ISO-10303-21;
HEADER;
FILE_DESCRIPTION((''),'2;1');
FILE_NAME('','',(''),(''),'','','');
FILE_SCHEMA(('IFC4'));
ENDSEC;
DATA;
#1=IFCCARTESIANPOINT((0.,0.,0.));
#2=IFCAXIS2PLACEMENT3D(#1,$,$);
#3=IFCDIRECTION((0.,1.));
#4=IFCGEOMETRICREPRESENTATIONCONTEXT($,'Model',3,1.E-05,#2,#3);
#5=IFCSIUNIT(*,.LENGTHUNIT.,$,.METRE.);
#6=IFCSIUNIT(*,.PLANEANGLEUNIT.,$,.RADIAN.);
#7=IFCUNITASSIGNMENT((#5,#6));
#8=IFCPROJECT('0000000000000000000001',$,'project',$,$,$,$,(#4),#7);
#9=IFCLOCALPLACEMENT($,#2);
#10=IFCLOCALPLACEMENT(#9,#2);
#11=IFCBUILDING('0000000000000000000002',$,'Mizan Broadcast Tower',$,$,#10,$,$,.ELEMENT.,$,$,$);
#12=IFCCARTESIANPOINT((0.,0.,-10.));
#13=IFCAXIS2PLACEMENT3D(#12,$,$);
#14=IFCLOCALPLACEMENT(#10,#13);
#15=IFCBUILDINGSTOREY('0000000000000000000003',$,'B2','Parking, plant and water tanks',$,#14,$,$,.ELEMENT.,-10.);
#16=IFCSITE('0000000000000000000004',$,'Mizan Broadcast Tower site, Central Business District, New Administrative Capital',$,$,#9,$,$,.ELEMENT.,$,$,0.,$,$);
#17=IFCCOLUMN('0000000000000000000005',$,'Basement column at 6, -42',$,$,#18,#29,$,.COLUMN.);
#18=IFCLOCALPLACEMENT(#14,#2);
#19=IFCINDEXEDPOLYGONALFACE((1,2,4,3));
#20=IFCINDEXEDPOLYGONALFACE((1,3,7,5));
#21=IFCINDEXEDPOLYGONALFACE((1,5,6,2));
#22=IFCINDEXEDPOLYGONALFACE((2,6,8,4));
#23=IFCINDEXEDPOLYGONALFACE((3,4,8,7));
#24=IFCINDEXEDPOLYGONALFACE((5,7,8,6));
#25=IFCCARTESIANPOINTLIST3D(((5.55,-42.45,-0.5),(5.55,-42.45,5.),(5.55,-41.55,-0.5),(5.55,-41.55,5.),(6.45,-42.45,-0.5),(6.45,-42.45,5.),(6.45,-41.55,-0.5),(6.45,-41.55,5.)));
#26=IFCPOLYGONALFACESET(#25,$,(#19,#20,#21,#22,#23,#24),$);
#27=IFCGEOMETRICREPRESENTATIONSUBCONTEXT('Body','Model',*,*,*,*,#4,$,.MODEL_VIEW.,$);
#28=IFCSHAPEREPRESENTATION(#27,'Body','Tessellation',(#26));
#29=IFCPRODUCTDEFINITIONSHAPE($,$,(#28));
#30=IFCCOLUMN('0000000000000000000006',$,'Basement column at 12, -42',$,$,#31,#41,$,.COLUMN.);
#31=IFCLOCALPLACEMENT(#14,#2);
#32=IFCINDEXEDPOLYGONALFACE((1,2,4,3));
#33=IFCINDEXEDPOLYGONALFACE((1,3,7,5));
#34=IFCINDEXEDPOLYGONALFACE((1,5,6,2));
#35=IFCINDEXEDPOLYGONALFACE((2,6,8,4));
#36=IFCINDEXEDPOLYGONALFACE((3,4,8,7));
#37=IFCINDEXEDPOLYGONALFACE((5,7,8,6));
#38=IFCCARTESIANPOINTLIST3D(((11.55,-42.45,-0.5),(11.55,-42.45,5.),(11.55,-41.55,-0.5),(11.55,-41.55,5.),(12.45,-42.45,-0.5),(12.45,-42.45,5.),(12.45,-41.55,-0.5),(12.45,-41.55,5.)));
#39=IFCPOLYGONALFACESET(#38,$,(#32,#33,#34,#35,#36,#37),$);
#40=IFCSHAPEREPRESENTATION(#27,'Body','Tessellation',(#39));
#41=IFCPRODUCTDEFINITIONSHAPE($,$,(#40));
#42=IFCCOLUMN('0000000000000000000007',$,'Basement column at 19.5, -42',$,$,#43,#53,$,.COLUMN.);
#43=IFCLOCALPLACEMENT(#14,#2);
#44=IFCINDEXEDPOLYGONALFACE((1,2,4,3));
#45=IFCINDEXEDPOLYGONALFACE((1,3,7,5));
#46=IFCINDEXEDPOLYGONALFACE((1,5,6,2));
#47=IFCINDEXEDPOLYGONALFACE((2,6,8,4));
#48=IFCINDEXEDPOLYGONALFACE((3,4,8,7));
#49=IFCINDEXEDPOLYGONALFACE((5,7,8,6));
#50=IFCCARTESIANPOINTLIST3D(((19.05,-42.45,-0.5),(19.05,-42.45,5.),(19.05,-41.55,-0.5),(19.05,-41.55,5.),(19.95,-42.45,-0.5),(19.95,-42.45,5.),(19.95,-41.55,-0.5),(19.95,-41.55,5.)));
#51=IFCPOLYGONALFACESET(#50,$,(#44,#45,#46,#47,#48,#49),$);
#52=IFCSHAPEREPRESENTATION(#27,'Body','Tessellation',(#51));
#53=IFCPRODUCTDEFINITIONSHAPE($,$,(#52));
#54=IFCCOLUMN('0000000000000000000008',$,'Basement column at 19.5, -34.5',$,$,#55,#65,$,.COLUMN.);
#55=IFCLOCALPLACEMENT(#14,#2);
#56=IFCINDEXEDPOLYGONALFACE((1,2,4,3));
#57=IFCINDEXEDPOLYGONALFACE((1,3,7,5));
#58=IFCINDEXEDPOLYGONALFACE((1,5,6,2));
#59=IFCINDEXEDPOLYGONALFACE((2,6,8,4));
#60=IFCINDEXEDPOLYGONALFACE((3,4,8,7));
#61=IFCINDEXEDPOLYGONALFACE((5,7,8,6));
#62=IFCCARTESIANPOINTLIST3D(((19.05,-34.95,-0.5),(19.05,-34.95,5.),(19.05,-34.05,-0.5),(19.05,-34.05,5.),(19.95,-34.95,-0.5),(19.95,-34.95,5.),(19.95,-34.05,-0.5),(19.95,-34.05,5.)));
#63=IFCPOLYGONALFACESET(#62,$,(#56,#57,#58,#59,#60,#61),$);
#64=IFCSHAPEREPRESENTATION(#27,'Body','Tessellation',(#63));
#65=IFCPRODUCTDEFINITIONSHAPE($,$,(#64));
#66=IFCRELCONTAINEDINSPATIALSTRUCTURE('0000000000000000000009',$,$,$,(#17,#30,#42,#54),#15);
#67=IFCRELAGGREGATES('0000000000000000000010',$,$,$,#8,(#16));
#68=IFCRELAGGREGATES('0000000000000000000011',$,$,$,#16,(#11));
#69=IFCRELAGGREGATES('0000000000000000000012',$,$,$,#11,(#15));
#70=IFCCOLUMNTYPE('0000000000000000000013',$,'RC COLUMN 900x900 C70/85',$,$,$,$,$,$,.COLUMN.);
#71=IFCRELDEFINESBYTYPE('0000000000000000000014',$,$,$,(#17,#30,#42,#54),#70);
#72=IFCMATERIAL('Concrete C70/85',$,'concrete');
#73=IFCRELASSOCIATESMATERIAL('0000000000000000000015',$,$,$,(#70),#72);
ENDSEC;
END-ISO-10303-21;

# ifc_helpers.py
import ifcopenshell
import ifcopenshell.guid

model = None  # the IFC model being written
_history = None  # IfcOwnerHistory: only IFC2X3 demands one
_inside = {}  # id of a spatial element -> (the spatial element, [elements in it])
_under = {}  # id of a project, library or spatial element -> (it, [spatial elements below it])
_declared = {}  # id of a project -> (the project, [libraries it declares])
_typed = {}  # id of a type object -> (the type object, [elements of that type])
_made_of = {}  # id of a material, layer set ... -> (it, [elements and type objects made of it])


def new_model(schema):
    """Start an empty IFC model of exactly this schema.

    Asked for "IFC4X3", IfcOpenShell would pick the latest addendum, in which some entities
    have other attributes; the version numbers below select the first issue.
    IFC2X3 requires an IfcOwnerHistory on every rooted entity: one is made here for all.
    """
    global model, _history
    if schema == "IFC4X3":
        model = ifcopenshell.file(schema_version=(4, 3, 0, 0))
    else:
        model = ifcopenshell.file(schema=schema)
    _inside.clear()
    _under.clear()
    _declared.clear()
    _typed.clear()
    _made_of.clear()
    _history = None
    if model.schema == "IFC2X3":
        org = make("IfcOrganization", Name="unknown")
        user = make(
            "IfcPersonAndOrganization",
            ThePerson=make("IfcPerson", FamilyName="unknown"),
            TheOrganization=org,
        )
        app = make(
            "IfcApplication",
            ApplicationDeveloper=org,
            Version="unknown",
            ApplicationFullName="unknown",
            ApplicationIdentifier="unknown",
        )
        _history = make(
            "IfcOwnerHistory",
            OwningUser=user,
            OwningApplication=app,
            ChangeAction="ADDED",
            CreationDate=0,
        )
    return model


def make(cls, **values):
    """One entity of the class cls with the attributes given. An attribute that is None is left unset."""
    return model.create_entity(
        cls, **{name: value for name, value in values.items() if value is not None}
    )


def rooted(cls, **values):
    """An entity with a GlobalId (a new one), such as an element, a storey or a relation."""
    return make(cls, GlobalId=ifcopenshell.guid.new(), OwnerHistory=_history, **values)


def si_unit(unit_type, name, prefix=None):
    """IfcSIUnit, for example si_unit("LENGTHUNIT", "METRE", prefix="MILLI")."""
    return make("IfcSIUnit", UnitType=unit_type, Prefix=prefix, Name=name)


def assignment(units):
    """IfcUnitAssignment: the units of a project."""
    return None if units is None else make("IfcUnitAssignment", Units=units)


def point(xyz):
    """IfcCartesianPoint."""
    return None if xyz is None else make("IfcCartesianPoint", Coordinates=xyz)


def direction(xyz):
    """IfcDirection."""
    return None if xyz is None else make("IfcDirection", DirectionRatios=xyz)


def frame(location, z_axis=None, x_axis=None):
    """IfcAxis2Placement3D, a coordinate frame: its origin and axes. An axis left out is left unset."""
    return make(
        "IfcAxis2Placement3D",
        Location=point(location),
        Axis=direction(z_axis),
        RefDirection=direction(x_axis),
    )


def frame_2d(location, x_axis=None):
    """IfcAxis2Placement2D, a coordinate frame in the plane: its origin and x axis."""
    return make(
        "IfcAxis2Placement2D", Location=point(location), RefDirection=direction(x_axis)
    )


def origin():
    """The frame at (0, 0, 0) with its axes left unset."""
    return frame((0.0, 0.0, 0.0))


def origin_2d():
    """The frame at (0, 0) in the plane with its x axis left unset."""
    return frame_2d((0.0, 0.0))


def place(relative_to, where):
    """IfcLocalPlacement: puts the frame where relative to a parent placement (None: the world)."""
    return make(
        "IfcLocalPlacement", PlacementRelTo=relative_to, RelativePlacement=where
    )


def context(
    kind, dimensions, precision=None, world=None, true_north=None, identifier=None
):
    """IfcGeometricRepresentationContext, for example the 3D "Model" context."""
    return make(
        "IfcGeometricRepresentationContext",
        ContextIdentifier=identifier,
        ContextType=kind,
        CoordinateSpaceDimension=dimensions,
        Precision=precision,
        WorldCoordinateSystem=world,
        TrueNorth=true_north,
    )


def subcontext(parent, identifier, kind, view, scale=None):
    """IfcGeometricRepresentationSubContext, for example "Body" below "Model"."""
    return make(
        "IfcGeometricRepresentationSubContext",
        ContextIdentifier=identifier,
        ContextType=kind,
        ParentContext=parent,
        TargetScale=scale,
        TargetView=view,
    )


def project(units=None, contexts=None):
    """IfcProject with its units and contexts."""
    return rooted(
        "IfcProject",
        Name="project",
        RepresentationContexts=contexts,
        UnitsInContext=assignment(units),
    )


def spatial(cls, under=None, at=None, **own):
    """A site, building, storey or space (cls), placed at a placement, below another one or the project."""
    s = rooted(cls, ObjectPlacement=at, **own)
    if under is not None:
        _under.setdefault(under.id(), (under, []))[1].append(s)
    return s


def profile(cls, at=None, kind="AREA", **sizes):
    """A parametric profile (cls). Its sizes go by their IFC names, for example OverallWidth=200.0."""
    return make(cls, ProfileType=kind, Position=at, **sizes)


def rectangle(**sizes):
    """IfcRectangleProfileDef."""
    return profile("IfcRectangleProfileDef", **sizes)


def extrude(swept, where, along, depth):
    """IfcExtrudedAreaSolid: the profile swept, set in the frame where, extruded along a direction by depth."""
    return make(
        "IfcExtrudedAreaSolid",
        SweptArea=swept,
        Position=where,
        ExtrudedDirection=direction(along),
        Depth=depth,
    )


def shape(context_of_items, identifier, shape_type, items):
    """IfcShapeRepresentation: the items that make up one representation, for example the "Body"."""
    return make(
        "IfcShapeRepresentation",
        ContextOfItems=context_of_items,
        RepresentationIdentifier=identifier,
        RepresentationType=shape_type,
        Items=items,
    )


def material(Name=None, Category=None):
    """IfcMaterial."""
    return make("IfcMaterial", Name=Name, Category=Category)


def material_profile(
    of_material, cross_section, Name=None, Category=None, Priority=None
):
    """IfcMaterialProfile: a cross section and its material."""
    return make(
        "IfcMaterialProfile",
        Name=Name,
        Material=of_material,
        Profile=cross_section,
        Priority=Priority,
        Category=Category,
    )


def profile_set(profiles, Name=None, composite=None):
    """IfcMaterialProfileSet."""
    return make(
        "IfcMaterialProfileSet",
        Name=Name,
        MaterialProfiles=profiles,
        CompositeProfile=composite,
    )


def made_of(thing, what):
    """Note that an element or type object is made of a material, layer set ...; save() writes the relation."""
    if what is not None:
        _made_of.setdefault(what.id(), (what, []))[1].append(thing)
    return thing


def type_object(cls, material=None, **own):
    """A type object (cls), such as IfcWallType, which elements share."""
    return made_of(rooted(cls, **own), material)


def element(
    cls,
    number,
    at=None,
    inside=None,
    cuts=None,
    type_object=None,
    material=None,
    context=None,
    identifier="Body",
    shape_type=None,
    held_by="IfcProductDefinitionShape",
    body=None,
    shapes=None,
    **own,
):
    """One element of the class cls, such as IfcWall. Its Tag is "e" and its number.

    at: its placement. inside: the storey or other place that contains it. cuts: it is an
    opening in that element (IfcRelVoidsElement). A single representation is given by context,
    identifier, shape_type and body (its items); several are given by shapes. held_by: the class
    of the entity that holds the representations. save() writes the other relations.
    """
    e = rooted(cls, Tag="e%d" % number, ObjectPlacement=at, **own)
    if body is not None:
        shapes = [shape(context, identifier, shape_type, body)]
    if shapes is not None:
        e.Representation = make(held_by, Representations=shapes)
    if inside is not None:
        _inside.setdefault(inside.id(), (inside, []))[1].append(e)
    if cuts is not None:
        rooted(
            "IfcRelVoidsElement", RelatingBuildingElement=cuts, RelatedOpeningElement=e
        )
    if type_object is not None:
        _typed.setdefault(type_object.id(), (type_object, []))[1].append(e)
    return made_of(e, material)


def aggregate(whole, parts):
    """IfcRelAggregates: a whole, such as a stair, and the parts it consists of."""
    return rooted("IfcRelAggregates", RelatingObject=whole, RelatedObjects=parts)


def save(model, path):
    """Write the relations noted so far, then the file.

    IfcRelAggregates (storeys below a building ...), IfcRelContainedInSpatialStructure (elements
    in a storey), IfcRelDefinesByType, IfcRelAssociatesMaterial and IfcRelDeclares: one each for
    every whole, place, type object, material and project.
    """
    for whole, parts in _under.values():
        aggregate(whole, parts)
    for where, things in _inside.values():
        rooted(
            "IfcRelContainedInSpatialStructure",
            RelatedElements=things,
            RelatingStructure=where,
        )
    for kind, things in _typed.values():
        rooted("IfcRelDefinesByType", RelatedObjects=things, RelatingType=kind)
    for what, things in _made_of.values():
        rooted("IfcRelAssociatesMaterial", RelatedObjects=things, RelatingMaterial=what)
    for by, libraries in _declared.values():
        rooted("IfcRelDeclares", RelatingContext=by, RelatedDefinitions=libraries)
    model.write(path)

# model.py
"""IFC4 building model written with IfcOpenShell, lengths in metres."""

from ifc_helpers import new_model, si_unit, direction, frame, origin, origin_2d, place, context, subcontext, project, spatial, rectangle, extrude, material, material_profile, profile_set, type_object, element, save


model = new_model("IFC4")

# Units and contexts
model_context = context("Model", 3, precision=1e-05, world=origin(), true_north=direction((0.0, 1.0)))
body_context = subcontext(model_context, "Body", "Model", "MODEL_VIEW")
ifc_project = project(units=[si_unit("LENGTHUNIT", "METRE"), si_unit("PLANEANGLEUNIT", "RADIAN")], contexts=[model_context])

# Site, building, storey
site_placement = place(None, origin())
site = spatial("IfcSite", under=ifc_project, at=site_placement, Name="Mizan Broadcast Tower site, Central Business District, New Administrative Capital", CompositionType="ELEMENT", RefElevation=0.0)
building_placement = place(site_placement, origin())
building = spatial("IfcBuilding", under=site, at=building_placement, Name="Mizan Broadcast Tower", CompositionType="ELEMENT")
storey_placement = place(building_placement, frame((0.0, 0.0, -10.0)))
storey = spatial("IfcBuildingStorey", under=building, at=storey_placement, Name="B2", Description="Parking, plant and water tanks", CompositionType="ELEMENT", Elevation=-10.0)

# Columns
ifc_material_1 = material(Name="Concrete C70/85", Category="concrete")
ifc_material_profile_1 = material_profile(ifc_material_1, rectangle(XDim=0.8999, YDim=0.8999, at=origin_2d()), Name="RC 900x900")
ifc_profile_set_1 = profile_set([ifc_material_profile_1], Name="Concrete C70/85")
column_type_1 = type_object("IfcColumnType", Name="RC COLUMN 900x900 C70/85", PredefinedType="COLUMN", material=ifc_profile_set_1)
for number, where, z_axis, x_axis, name in (
    (1, (6.0, -42.0, -0.5), (0.0, 0.0, 1.0), (1.0, 0.0, 0.0), "Basement column at 6, -42"),
    (2, (12.0, -42.0, -0.5), (0.0, 0.0, 1.0), (1.0, 0.0, 0.0), "Basement column at 12, -42"),
    (3, (19.5, -42.0, -0.5), (0.0, 0.0, 1.0), (1.0, 0.0, 0.0), "Basement column at 19.5, -42"),
    (4, (19.5, -34.5, -0.5), (0.0, 0.0, 1.0), (1.0, 0.0, 0.0), "Basement column at 19.5, -34.5"),
):
    element("IfcColumn", number, at=place(storey_placement, frame(where, z_axis=z_axis, x_axis=x_axis)), inside=storey, type_object=column_type_1, Name=name, PredefinedType="COLUMN", context=body_context, shape_type="SweptSolid", body=[
        extrude(rectangle(XDim=0.8999, YDim=0.8999, at=origin_2d()), origin(), (0.0, 0.0, 1.0), 5.5),
    ])

save(model, "model.ifc")
